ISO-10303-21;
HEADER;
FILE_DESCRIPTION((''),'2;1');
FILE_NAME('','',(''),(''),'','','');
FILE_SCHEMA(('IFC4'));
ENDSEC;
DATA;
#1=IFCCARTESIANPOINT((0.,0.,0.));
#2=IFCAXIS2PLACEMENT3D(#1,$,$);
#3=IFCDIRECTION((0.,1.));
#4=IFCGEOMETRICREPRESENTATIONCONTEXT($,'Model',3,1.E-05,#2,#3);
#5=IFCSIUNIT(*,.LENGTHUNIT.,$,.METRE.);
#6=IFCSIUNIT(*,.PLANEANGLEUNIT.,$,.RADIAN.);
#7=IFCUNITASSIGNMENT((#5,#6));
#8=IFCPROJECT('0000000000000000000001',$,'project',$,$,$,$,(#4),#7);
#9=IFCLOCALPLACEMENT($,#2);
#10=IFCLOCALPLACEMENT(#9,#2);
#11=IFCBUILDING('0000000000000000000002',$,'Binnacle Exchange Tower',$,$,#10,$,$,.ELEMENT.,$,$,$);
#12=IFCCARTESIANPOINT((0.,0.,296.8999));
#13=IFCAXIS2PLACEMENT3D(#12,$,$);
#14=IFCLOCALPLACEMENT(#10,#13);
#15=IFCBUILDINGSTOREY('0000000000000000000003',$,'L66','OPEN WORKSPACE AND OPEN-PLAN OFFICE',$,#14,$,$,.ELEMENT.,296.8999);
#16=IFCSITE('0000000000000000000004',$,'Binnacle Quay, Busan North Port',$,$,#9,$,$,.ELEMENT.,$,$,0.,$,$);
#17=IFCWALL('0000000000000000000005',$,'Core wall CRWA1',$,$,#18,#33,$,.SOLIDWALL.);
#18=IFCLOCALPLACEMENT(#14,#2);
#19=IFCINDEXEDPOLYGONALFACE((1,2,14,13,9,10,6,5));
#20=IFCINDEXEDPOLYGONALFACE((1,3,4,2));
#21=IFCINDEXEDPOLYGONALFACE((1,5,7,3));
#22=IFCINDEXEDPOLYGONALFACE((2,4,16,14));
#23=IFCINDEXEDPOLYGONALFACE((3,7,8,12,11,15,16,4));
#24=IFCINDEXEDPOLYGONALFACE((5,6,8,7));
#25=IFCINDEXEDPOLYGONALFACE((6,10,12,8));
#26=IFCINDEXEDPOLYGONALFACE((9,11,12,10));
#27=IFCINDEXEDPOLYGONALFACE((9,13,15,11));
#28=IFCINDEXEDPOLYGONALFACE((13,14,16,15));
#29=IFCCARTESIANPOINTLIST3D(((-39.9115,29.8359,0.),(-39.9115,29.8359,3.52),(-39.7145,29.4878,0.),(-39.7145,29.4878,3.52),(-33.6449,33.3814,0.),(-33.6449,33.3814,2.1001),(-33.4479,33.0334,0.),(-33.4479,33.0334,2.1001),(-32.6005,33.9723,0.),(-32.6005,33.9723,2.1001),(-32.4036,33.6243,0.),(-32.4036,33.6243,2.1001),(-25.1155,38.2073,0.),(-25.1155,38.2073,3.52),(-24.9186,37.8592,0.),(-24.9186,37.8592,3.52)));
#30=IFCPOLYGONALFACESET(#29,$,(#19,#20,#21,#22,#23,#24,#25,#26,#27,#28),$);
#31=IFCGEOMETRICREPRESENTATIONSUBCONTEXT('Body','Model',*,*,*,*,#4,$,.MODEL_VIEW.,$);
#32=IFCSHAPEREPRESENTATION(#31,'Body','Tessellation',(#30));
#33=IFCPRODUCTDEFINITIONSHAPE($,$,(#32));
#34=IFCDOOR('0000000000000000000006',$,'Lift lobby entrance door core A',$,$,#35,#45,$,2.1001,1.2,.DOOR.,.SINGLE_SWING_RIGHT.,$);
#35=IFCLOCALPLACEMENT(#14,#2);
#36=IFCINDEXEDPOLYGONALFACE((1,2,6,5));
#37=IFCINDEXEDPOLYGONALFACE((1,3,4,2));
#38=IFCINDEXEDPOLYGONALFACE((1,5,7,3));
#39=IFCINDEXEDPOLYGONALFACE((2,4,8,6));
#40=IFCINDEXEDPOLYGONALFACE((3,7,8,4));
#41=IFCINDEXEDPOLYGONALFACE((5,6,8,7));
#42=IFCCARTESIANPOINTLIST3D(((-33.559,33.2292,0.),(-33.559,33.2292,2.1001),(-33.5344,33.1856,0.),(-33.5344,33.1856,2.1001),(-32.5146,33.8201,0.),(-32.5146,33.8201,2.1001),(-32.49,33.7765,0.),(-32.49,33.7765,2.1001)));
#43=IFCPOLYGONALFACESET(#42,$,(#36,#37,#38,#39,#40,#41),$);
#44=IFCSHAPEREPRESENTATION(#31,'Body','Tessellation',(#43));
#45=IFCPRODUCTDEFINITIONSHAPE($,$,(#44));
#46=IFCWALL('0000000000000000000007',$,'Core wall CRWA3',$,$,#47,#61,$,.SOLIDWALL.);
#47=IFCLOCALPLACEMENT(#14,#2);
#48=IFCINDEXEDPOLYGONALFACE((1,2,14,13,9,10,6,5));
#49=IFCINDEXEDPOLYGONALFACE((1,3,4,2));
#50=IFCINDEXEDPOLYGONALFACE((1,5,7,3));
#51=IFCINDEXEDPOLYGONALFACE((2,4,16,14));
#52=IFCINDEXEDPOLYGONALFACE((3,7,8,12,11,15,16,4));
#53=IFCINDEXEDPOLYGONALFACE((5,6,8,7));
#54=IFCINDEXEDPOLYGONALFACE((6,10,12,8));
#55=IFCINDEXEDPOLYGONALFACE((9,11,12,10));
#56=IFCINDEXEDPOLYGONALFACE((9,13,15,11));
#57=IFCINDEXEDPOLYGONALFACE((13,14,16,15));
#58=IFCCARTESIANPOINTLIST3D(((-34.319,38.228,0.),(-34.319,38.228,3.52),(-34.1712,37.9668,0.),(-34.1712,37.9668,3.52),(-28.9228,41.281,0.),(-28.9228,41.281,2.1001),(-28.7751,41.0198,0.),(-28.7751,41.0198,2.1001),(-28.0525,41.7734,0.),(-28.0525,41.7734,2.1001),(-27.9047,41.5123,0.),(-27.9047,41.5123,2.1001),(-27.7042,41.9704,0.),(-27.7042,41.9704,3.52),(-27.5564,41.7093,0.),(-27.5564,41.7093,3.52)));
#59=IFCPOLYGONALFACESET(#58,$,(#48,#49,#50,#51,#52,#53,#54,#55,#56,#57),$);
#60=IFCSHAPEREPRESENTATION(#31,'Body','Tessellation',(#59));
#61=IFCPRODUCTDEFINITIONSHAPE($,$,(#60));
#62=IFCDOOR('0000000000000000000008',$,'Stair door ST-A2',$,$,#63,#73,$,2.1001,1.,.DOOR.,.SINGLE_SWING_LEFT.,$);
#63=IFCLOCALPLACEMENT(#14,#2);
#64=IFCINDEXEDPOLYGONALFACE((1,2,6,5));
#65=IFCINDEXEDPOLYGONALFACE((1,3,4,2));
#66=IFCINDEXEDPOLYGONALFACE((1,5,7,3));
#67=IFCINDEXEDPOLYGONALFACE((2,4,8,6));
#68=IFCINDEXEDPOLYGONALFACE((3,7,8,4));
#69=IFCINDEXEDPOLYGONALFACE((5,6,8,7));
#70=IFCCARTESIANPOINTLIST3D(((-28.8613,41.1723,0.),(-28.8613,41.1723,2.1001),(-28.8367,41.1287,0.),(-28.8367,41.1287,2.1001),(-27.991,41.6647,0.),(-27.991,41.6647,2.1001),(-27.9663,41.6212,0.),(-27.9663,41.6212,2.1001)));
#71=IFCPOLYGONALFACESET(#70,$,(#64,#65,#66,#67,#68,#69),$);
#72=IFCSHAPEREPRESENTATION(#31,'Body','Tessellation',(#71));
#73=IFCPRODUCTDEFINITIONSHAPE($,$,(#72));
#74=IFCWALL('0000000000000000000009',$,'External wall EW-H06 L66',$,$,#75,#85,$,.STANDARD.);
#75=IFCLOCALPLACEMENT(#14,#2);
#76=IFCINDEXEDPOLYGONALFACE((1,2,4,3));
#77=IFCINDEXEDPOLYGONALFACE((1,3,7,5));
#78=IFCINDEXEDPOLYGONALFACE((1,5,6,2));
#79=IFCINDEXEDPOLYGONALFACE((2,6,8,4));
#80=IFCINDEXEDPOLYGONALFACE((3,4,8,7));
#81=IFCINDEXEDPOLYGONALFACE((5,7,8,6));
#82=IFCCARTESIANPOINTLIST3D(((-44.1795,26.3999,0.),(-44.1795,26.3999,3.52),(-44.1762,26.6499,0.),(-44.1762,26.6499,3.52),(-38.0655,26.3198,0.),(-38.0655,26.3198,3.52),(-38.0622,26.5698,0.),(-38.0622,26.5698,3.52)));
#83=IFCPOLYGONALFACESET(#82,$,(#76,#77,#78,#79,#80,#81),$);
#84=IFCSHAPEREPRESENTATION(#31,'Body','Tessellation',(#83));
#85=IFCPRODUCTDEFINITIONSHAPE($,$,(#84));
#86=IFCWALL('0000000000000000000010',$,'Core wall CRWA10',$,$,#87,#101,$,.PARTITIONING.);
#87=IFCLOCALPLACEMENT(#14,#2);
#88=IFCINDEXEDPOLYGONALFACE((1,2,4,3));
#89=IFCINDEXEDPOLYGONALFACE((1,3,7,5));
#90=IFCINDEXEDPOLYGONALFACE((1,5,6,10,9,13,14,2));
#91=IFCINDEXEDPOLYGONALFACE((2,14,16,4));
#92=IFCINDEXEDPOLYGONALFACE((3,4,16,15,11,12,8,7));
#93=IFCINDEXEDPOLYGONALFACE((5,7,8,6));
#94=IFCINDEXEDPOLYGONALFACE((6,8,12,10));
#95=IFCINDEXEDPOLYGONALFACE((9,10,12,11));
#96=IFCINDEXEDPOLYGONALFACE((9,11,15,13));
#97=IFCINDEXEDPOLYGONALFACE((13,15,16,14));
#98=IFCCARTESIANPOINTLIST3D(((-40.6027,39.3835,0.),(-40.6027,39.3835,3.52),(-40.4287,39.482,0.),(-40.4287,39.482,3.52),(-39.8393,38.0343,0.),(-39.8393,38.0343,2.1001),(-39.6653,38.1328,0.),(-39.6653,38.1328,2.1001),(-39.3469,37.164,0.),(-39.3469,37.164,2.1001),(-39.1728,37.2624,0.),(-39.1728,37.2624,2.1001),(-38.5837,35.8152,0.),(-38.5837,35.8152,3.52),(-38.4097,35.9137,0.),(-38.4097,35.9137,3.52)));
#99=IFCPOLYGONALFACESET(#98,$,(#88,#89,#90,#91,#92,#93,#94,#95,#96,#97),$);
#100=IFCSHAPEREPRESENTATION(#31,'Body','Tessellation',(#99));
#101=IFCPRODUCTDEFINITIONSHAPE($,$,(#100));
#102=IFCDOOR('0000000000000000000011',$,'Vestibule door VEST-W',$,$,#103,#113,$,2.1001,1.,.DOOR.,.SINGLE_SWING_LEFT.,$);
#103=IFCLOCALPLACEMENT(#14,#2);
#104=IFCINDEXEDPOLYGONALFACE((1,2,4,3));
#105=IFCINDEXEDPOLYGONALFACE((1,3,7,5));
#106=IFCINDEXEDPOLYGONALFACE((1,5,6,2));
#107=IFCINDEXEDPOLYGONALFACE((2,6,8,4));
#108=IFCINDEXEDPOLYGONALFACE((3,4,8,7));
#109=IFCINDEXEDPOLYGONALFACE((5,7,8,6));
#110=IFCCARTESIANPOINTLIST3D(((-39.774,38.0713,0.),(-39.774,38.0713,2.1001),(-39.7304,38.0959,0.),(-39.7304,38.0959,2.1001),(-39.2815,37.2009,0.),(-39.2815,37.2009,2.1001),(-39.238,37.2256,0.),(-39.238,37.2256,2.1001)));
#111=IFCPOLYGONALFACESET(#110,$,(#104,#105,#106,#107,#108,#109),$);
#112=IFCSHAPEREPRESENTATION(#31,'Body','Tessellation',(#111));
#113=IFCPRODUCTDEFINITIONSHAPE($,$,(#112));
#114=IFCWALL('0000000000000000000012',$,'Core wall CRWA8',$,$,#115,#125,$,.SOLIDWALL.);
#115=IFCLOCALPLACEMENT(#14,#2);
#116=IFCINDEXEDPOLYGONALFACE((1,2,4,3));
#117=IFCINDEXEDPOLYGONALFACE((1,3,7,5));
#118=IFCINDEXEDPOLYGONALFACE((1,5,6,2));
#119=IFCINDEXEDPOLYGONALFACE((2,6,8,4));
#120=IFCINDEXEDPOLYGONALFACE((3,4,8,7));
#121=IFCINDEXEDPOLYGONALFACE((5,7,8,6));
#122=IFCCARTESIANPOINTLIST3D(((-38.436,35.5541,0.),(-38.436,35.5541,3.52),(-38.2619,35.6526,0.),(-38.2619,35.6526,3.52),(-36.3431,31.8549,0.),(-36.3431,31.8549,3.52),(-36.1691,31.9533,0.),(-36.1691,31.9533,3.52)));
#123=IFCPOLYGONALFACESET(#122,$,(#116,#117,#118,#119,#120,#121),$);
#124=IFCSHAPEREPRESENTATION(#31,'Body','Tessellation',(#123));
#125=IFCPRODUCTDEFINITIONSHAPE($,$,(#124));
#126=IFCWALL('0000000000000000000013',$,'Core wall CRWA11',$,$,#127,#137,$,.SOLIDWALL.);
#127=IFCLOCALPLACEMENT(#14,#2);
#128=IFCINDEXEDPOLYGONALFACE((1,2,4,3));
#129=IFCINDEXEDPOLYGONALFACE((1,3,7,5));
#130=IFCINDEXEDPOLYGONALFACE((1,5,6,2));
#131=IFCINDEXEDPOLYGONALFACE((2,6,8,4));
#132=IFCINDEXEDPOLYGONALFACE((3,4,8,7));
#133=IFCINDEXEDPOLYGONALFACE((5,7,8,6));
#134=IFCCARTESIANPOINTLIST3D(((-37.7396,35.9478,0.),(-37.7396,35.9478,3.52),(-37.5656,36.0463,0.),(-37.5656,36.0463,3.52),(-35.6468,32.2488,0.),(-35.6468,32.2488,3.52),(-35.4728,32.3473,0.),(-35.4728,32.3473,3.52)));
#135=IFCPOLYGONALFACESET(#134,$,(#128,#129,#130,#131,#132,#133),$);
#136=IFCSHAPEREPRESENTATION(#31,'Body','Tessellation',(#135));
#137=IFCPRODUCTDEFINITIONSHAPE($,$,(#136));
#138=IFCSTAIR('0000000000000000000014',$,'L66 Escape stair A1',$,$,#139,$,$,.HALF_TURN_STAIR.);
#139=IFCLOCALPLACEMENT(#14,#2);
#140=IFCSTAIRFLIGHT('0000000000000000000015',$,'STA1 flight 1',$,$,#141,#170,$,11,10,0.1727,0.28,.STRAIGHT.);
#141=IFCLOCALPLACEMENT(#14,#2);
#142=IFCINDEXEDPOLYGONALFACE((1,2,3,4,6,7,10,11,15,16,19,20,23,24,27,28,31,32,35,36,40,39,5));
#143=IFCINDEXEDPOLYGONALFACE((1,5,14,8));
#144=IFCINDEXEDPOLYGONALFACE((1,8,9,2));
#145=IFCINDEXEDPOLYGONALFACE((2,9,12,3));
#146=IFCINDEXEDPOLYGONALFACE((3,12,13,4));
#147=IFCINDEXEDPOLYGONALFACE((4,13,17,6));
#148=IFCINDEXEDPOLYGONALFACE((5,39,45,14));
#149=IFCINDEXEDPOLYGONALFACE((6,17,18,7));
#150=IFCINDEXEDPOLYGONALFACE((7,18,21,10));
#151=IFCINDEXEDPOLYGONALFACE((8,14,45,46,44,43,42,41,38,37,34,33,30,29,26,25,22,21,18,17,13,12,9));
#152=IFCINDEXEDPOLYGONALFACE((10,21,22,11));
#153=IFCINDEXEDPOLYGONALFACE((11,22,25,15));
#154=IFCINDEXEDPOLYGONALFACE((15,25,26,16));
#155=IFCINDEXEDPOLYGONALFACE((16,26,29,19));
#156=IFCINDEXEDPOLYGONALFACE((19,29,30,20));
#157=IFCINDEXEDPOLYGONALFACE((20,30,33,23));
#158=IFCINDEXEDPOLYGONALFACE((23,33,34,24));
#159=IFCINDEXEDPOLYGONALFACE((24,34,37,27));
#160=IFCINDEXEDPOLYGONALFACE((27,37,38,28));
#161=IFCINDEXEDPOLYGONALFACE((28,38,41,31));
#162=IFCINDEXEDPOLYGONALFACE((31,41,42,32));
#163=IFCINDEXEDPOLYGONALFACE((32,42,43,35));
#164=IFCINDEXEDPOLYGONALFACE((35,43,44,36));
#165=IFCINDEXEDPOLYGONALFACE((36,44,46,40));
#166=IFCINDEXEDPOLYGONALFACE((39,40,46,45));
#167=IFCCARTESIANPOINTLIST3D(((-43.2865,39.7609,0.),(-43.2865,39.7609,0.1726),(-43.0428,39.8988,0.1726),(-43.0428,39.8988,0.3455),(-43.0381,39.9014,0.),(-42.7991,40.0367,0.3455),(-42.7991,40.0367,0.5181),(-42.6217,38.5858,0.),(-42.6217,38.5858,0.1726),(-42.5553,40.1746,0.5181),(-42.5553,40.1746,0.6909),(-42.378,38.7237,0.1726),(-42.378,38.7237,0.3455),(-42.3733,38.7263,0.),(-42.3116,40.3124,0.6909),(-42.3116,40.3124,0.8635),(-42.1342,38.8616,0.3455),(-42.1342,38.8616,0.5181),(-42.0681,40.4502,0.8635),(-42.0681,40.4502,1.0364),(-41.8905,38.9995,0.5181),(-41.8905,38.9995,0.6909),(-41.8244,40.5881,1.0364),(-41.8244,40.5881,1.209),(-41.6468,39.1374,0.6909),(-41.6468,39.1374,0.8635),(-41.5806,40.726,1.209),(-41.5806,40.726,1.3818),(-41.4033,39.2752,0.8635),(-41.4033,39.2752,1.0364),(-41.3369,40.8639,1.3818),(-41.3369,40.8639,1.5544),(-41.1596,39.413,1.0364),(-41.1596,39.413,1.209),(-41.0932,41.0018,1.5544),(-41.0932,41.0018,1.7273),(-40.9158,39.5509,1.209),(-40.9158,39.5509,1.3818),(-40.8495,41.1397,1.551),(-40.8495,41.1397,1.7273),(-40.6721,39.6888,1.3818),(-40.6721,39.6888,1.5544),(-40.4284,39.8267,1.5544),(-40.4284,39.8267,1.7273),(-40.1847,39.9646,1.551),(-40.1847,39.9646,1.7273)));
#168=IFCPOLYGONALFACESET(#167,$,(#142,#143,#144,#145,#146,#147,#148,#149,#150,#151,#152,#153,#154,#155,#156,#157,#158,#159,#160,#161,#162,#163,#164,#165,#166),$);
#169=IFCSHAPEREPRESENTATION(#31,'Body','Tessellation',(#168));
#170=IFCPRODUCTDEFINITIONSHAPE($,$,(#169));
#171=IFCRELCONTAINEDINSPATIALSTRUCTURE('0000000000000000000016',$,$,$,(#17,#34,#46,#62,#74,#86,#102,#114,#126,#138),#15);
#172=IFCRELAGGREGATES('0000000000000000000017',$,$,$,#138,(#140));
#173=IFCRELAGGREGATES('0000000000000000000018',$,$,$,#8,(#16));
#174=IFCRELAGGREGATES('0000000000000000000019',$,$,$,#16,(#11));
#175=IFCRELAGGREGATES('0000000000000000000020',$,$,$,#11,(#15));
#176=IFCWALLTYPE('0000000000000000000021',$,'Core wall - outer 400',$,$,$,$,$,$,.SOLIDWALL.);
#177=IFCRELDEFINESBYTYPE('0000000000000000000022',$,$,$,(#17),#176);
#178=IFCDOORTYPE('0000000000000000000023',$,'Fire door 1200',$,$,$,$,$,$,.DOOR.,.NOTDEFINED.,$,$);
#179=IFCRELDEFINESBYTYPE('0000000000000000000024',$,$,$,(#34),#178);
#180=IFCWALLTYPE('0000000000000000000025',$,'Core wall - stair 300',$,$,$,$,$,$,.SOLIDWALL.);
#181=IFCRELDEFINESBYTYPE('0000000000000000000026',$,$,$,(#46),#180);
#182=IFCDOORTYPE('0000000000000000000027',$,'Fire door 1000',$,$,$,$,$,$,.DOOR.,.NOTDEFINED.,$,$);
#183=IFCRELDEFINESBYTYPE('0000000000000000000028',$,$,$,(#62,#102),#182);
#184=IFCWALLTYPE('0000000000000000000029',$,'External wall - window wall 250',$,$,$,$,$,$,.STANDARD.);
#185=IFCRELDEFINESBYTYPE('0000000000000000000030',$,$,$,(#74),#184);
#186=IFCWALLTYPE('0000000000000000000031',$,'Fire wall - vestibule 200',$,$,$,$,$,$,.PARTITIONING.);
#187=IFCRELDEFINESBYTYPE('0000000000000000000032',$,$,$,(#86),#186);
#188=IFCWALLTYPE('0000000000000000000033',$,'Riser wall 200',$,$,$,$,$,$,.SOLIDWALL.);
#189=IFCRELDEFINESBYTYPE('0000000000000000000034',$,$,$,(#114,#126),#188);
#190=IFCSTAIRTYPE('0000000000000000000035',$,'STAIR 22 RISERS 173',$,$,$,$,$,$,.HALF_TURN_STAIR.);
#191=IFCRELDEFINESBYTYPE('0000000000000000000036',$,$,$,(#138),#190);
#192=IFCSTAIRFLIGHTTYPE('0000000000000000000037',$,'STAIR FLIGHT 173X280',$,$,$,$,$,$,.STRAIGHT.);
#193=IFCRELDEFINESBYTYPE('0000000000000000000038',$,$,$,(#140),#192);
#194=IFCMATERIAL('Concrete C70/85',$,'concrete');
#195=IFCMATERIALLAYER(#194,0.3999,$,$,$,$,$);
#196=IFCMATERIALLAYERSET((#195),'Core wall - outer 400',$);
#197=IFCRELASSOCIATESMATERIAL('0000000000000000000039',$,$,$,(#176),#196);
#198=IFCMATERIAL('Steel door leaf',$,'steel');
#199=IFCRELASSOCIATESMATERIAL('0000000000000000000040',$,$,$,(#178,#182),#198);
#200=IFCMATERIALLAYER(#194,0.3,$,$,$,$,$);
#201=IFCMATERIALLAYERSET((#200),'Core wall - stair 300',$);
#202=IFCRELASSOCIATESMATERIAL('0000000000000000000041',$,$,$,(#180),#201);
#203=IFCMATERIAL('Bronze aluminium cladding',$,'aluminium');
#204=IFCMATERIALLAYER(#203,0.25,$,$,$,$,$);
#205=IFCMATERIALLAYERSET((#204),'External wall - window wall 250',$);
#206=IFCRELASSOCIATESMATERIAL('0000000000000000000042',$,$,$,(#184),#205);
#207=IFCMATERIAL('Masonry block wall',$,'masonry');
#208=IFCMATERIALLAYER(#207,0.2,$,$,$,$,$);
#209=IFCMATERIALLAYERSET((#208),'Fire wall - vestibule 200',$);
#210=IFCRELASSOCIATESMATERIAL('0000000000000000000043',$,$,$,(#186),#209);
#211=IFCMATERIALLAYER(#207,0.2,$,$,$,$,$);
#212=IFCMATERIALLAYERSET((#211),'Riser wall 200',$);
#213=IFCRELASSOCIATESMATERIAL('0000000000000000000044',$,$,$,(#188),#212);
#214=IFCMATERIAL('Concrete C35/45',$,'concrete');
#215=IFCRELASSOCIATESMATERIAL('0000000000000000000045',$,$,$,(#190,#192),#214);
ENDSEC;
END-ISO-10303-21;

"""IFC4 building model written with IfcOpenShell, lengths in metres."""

from ifc_helpers import new_model, si_unit, direction, frame, frame_2d, origin, place, context, subcontext, project, spatial, polyline, rectangle, outline, extrude, material, layer, layer_set, type_object, element, fill, aggregate, save


model = new_model("IFC4")

# Units and contexts
model_context = context("Model", 3, precision=1e-05, world=origin(), true_north=direction((0.0, 1.0)))
body_context = subcontext(model_context, "Body", "Model", "MODEL_VIEW")
ifc_project = project(units=[si_unit("LENGTHUNIT", "METRE"), si_unit("PLANEANGLEUNIT", "RADIAN")], contexts=[model_context])

# Site, building, storey
site_placement = place(None, origin())
site = spatial("IfcSite", under=ifc_project, at=site_placement, Name="Binnacle Quay, Busan North Port", CompositionType="ELEMENT", RefElevation=0.0)
building_placement = place(site_placement, origin())
building = spatial("IfcBuilding", under=site, at=building_placement, Name="Binnacle Exchange Tower", CompositionType="ELEMENT")
storey_placement = place(building_placement, frame((0.0, 0.0, 296.8999)))
storey = spatial("IfcBuildingStorey", under=building, at=storey_placement, Name="L66", Description="OPEN WORKSPACE AND OPEN-PLAN OFFICE", CompositionType="ELEMENT", Elevation=296.8999)

# Shared definitions
ifc_material_1 = material(Name="Concrete C70/85", Category="concrete")
ifc_material_2 = material(Name="Steel door leaf", Category="steel")

# Walls, openings, doors
ifc_layer_1 = layer(ifc_material_1, 0.3999)
ifc_layer_set_1 = layer_set([ifc_layer_1], Name="Core wall - outer 400")
wall_type_1 = type_object("IfcWallType", Name="Core wall - outer 400", PredefinedType="SOLIDWALL", material=ifc_layer_set_1)
wall_1_placement = place(storey_placement, frame((-39.813, 29.6619, 0.0), z_axis=(0.0, 0.0, 1.0), x_axis=(0.87035, 0.492433, 0.0)))
wall_1 = element("IfcWall", 1, at=wall_1_placement, inside=storey, type_object=wall_type_1, Name="Core wall CRWA1", PredefinedType="SOLIDWALL", context=body_context, shape_type="SweptSolid", body=[
    extrude(rectangle(XDim=17.0, YDim=0.3999, at=frame_2d((8.5, 0.0))), origin(), (0.0, 0.0, 1.0), 3.52),
])
opening_1_placement = place(wall_1_placement, frame((7.2, 0.0, 0.0)))
opening_1 = element("IfcOpeningElement", 2, at=opening_1_placement, cuts=wall_1, PredefinedType="OPENING", context=body_context, shape_type="SweptSolid", body=[
    extrude(rectangle(XDim=1.2, YDim=2.1001, at=frame_2d((0.6001, 1.05))), frame((0.0, 0.21, 0.0), z_axis=(0.0, -1.0, 0.0), x_axis=(1.0, 0.0, 0.0)), (0.0, 0.0, 1.0), 0.4199),
])
door_type_1 = type_object("IfcDoorType", Name="Fire door 1200", OperationType="NOTDEFINED", PredefinedType="DOOR", material=ifc_material_2)
door_1_placement = place(opening_1_placement, frame((1.2, 0.0, 0.0), z_axis=(0.0, 0.0, 1.0), x_axis=(-1.0, 0.0, 0.0)))
door_1 = element("IfcDoor", 3, at=door_1_placement, inside=storey, type_object=door_type_1, Name="Lift lobby entrance door core A", OperationType="SINGLE_SWING_RIGHT", OverallHeight=2.1001, OverallWidth=1.2, PredefinedType="DOOR", context=body_context, shape_type="SweptSolid", body=[
    extrude(rectangle(XDim=1.2, YDim=2.1001, at=frame_2d((0.6001, 1.05))), frame((0.0, 0.0249, 0.0), z_axis=(0.0, -1.0, 0.0), x_axis=(1.0, 0.0, 0.0)), (0.0, 0.0, 1.0), 0.05),
])
fill(opening_1, door_1)
ifc_layer_2 = layer(ifc_material_1, 0.3)
ifc_layer_set_2 = layer_set([ifc_layer_2], Name="Core wall - stair 300")
wall_type_2 = type_object("IfcWallType", Name="Core wall - stair 300", PredefinedType="SOLIDWALL", material=ifc_layer_set_2)
wall_2_placement = place(storey_placement, frame((-34.2451, 38.0974, 0.0), z_axis=(0.0, 0.0, 1.0), x_axis=(0.870356, 0.492422, 0.0)))
wall_2 = element("IfcWall", 4, at=wall_2_placement, inside=storey, type_object=wall_type_2, Name="Core wall CRWA3", PredefinedType="SOLIDWALL", context=body_context, shape_type="SweptSolid", body=[
    extrude(rectangle(XDim=7.6001, YDim=0.3, at=frame_2d((3.8, 0.0))), origin(), (0.0, 0.0, 1.0), 3.52),
])
opening_2_placement = place(wall_2_placement, frame((6.2, 0.0, 0.0)))
opening_2 = element("IfcOpeningElement", 5, at=opening_2_placement, cuts=wall_2, PredefinedType="OPENING", context=body_context, shape_type="SweptSolid", body=[
    extrude(rectangle(XDim=1.0, YDim=2.1001, at=frame_2d((0.5, 1.05))), frame((0.0, 0.1599, 0.0), z_axis=(0.0, -1.0, 0.0), x_axis=(1.0, 0.0, 0.0)), (0.0, 0.0, 1.0), 0.3201),
])
door_type_2 = type_object("IfcDoorType", Name="Fire door 1000", OperationType="NOTDEFINED", PredefinedType="DOOR", material=ifc_material_2)
door_2_placement = place(opening_2_placement, frame((1.0, 0.0, 0.0), z_axis=(0.0, 0.0, 1.0), x_axis=(-1.0, 0.0, 0.0)))
door_2 = element("IfcDoor", 6, at=door_2_placement, inside=storey, type_object=door_type_2, Name="Stair door ST-A2", OperationType="SINGLE_SWING_LEFT", OverallHeight=2.1001, OverallWidth=1.0, PredefinedType="DOOR", context=body_context, shape_type="SweptSolid", body=[
    extrude(rectangle(XDim=1.0, YDim=2.1001, at=frame_2d((0.5, 1.05))), frame((0.0, 0.0249, 0.0), z_axis=(0.0, -1.0, 0.0), x_axis=(1.0, 0.0, 0.0)), (0.0, 0.0, 1.0), 0.05),
])
fill(opening_2, door_2)

# Wall
ifc_material_3 = material(Name="Bronze aluminium cladding", Category="aluminium")
ifc_layer_3 = layer(ifc_material_3, 0.25)
ifc_layer_set_3 = layer_set([ifc_layer_3], Name="External wall - window wall 250")
wall_type_3 = type_object("IfcWallType", Name="External wall - window wall 250", PredefinedType="STANDARD", material=ifc_layer_set_3)
wall_3_placement = place(storey_placement, frame((-38.064, 26.4448, 0.0), z_axis=(0.0, 0.0, 1.0), x_axis=(-0.999914, 0.013096, 0.0)))
element("IfcWall", 7, at=wall_3_placement, inside=storey, type_object=wall_type_3, Name="External wall EW-H06 L66", PredefinedType="STANDARD", context=body_context, shape_type="SweptSolid", body=[
    extrude(rectangle(XDim=6.1145, YDim=0.25, at=frame_2d((3.0571, 0.0))), origin(), (0.0, 0.0, 1.0), 3.52),
])

# Wall, opening, door
ifc_material_4 = material(Name="Masonry block wall", Category="masonry")
ifc_layer_4 = layer(ifc_material_4, 0.2)
ifc_layer_set_4 = layer_set([ifc_layer_4], Name="Fire wall - vestibule 200")
wall_type_4 = type_object("IfcWallType", Name="Fire wall - vestibule 200", PredefinedType="PARTITIONING", material=ifc_layer_set_4)
wall_4_placement = place(storey_placement, frame((-40.5156, 39.4326, 0.0), z_axis=(0.0, 0.0, 1.0), x_axis=(0.492454, -0.870339, 0.0)))
wall_4 = element("IfcWall", 8, at=wall_4_placement, inside=storey, type_object=wall_type_4, Name="Core wall CRWA10", PredefinedType="PARTITIONING", context=body_context, shape_type="SweptSolid", body=[
    extrude(rectangle(XDim=4.0999, YDim=0.2, at=frame_2d((2.0498, 0.0))), origin(), (0.0, 0.0, 1.0), 3.52),
])
opening_3_placement = place(wall_4_placement, frame((1.55, 0.0, 0.0)))
opening_3 = element("IfcOpeningElement", 9, at=opening_3_placement, cuts=wall_4, PredefinedType="OPENING", context=body_context, shape_type="SweptSolid", body=[
    extrude(rectangle(XDim=1.0, YDim=2.1001, at=frame_2d((0.5, 1.05))), frame((0.0, 0.1099, 0.0), z_axis=(0.0, -1.0, 0.0), x_axis=(1.0, 0.0, 0.0)), (0.0, 0.0, 1.0), 0.22),
])
door_3_placement = place(opening_3_placement, frame((1.0, 0.0, 0.0), z_axis=(0.0, 0.0, 1.0), x_axis=(-1.0, 0.0, 0.0)))
door_3 = element("IfcDoor", 10, at=door_3_placement, inside=storey, type_object=door_type_2, Name="Vestibule door VEST-W", OperationType="SINGLE_SWING_LEFT", OverallHeight=2.1001, OverallWidth=1.0, PredefinedType="DOOR", context=body_context, shape_type="SweptSolid", body=[
    extrude(rectangle(XDim=1.0, YDim=2.1001, at=frame_2d((0.5, 1.05))), frame((0.0, 0.0249, 0.0), z_axis=(0.0, -1.0, 0.0), x_axis=(1.0, 0.0, 0.0)), (0.0, 0.0, 1.0), 0.05),
])
fill(opening_3, door_3)

# Walls
ifc_layer_5 = layer(ifc_material_4, 0.2)
ifc_layer_set_5 = layer_set([ifc_layer_5], Name="Riser wall 200")
wall_type_5 = type_object("IfcWallType", Name="Riser wall 200", PredefinedType="SOLIDWALL", material=ifc_layer_set_5)
wall_5_placement = place(storey_placement, frame((-38.3489, 35.6033, 0.0), z_axis=(0.0, 0.0, 1.0), x_axis=(0.492398, -0.87037, 0.0)))
element("IfcWall", 11, at=wall_5_placement, inside=storey, type_object=wall_type_5, Name="Core wall CRWA8", PredefinedType="SOLIDWALL", context=body_context, shape_type="SweptSolid", body=[
    extrude(rectangle(XDim=4.2502, YDim=0.2, at=frame_2d((2.125, 0.0))), origin(), (0.0, 0.0, 1.0), 3.52),
])
wall_6_placement = place(storey_placement, frame((-37.6526, 35.9971, 0.0), z_axis=(0.0, 0.0, 1.0), x_axis=(0.492423, -0.870356, 0.0)))
element("IfcWall", 12, at=wall_6_placement, inside=storey, type_object=wall_type_5, Name="Core wall CRWA11", PredefinedType="SOLIDWALL", context=body_context, shape_type="SweptSolid", body=[
    extrude(rectangle(XDim=4.25, YDim=0.2, at=frame_2d((2.125, 0.0))), origin(), (0.0, 0.0, 1.0), 3.52),
])

# Stair, stair flight
ifc_material_5 = material(Name="Concrete C35/45", Category="concrete")
stair_type = type_object("IfcStairType", Name="STAIR 22 RISERS 173", PredefinedType="HALF_TURN_STAIR", material=ifc_material_5)
stair_placement = place(storey_placement, origin())
stair = element("IfcStair", 13, at=stair_placement, inside=storey, type_object=stair_type, Name="L66 Escape stair A1", PredefinedType="HALF_TURN_STAIR")
stair_flight_type = type_object("IfcStairFlightType", Name="STAIR FLIGHT 173X280", PredefinedType="STRAIGHT", material=ifc_material_5)
stair_flight_placement = place(storey_placement, frame((-42.9541, 39.1733, 0.0), z_axis=(0.0, 0.0, 1.0), x_axis=(0.870356, 0.492424, 0.0)))
stair_flight = element("IfcStairFlight", 14, at=stair_flight_placement, type_object=stair_flight_type, Name="STA1 flight 1", NumberOfRisers=11, NumberOfTreads=10, PredefinedType="STRAIGHT", RiserHeight=0.1727, TreadLength=0.28, context=body_context, shape_type="SweptSolid", body=[
    extrude(outline(polyline([(0.0, 0.0), (0.0, 0.1726), (0.28, 0.1726), (0.28, 0.3455), (0.5601, 0.3455), (0.5601, 0.5181), (0.8401, 0.5181), (0.8401, 0.6909), (1.1201, 0.6909), (1.1201, 0.8635), (1.3999, 0.8635), (1.3999, 1.0364), (1.6799, 1.0364), (1.6799, 1.209), (1.96, 1.209), (1.96, 1.3818), (2.24, 1.3818), (2.24, 1.5544), (2.52, 1.5544), (2.52, 1.7273), (2.8, 1.7273), (2.8, 1.8999), (2.8, 1.551), (0.2854, 0.0), (0.0, 0.0)])), frame((0.0, 0.675, 0.0), z_axis=(0.0, -1.0, 0.0), x_axis=(1.0, 0.0, 0.0)), (0.0, 0.0, 1.0), 1.3501),
])
aggregate(stair, [stair_flight])

save(model, "model.ifc")
